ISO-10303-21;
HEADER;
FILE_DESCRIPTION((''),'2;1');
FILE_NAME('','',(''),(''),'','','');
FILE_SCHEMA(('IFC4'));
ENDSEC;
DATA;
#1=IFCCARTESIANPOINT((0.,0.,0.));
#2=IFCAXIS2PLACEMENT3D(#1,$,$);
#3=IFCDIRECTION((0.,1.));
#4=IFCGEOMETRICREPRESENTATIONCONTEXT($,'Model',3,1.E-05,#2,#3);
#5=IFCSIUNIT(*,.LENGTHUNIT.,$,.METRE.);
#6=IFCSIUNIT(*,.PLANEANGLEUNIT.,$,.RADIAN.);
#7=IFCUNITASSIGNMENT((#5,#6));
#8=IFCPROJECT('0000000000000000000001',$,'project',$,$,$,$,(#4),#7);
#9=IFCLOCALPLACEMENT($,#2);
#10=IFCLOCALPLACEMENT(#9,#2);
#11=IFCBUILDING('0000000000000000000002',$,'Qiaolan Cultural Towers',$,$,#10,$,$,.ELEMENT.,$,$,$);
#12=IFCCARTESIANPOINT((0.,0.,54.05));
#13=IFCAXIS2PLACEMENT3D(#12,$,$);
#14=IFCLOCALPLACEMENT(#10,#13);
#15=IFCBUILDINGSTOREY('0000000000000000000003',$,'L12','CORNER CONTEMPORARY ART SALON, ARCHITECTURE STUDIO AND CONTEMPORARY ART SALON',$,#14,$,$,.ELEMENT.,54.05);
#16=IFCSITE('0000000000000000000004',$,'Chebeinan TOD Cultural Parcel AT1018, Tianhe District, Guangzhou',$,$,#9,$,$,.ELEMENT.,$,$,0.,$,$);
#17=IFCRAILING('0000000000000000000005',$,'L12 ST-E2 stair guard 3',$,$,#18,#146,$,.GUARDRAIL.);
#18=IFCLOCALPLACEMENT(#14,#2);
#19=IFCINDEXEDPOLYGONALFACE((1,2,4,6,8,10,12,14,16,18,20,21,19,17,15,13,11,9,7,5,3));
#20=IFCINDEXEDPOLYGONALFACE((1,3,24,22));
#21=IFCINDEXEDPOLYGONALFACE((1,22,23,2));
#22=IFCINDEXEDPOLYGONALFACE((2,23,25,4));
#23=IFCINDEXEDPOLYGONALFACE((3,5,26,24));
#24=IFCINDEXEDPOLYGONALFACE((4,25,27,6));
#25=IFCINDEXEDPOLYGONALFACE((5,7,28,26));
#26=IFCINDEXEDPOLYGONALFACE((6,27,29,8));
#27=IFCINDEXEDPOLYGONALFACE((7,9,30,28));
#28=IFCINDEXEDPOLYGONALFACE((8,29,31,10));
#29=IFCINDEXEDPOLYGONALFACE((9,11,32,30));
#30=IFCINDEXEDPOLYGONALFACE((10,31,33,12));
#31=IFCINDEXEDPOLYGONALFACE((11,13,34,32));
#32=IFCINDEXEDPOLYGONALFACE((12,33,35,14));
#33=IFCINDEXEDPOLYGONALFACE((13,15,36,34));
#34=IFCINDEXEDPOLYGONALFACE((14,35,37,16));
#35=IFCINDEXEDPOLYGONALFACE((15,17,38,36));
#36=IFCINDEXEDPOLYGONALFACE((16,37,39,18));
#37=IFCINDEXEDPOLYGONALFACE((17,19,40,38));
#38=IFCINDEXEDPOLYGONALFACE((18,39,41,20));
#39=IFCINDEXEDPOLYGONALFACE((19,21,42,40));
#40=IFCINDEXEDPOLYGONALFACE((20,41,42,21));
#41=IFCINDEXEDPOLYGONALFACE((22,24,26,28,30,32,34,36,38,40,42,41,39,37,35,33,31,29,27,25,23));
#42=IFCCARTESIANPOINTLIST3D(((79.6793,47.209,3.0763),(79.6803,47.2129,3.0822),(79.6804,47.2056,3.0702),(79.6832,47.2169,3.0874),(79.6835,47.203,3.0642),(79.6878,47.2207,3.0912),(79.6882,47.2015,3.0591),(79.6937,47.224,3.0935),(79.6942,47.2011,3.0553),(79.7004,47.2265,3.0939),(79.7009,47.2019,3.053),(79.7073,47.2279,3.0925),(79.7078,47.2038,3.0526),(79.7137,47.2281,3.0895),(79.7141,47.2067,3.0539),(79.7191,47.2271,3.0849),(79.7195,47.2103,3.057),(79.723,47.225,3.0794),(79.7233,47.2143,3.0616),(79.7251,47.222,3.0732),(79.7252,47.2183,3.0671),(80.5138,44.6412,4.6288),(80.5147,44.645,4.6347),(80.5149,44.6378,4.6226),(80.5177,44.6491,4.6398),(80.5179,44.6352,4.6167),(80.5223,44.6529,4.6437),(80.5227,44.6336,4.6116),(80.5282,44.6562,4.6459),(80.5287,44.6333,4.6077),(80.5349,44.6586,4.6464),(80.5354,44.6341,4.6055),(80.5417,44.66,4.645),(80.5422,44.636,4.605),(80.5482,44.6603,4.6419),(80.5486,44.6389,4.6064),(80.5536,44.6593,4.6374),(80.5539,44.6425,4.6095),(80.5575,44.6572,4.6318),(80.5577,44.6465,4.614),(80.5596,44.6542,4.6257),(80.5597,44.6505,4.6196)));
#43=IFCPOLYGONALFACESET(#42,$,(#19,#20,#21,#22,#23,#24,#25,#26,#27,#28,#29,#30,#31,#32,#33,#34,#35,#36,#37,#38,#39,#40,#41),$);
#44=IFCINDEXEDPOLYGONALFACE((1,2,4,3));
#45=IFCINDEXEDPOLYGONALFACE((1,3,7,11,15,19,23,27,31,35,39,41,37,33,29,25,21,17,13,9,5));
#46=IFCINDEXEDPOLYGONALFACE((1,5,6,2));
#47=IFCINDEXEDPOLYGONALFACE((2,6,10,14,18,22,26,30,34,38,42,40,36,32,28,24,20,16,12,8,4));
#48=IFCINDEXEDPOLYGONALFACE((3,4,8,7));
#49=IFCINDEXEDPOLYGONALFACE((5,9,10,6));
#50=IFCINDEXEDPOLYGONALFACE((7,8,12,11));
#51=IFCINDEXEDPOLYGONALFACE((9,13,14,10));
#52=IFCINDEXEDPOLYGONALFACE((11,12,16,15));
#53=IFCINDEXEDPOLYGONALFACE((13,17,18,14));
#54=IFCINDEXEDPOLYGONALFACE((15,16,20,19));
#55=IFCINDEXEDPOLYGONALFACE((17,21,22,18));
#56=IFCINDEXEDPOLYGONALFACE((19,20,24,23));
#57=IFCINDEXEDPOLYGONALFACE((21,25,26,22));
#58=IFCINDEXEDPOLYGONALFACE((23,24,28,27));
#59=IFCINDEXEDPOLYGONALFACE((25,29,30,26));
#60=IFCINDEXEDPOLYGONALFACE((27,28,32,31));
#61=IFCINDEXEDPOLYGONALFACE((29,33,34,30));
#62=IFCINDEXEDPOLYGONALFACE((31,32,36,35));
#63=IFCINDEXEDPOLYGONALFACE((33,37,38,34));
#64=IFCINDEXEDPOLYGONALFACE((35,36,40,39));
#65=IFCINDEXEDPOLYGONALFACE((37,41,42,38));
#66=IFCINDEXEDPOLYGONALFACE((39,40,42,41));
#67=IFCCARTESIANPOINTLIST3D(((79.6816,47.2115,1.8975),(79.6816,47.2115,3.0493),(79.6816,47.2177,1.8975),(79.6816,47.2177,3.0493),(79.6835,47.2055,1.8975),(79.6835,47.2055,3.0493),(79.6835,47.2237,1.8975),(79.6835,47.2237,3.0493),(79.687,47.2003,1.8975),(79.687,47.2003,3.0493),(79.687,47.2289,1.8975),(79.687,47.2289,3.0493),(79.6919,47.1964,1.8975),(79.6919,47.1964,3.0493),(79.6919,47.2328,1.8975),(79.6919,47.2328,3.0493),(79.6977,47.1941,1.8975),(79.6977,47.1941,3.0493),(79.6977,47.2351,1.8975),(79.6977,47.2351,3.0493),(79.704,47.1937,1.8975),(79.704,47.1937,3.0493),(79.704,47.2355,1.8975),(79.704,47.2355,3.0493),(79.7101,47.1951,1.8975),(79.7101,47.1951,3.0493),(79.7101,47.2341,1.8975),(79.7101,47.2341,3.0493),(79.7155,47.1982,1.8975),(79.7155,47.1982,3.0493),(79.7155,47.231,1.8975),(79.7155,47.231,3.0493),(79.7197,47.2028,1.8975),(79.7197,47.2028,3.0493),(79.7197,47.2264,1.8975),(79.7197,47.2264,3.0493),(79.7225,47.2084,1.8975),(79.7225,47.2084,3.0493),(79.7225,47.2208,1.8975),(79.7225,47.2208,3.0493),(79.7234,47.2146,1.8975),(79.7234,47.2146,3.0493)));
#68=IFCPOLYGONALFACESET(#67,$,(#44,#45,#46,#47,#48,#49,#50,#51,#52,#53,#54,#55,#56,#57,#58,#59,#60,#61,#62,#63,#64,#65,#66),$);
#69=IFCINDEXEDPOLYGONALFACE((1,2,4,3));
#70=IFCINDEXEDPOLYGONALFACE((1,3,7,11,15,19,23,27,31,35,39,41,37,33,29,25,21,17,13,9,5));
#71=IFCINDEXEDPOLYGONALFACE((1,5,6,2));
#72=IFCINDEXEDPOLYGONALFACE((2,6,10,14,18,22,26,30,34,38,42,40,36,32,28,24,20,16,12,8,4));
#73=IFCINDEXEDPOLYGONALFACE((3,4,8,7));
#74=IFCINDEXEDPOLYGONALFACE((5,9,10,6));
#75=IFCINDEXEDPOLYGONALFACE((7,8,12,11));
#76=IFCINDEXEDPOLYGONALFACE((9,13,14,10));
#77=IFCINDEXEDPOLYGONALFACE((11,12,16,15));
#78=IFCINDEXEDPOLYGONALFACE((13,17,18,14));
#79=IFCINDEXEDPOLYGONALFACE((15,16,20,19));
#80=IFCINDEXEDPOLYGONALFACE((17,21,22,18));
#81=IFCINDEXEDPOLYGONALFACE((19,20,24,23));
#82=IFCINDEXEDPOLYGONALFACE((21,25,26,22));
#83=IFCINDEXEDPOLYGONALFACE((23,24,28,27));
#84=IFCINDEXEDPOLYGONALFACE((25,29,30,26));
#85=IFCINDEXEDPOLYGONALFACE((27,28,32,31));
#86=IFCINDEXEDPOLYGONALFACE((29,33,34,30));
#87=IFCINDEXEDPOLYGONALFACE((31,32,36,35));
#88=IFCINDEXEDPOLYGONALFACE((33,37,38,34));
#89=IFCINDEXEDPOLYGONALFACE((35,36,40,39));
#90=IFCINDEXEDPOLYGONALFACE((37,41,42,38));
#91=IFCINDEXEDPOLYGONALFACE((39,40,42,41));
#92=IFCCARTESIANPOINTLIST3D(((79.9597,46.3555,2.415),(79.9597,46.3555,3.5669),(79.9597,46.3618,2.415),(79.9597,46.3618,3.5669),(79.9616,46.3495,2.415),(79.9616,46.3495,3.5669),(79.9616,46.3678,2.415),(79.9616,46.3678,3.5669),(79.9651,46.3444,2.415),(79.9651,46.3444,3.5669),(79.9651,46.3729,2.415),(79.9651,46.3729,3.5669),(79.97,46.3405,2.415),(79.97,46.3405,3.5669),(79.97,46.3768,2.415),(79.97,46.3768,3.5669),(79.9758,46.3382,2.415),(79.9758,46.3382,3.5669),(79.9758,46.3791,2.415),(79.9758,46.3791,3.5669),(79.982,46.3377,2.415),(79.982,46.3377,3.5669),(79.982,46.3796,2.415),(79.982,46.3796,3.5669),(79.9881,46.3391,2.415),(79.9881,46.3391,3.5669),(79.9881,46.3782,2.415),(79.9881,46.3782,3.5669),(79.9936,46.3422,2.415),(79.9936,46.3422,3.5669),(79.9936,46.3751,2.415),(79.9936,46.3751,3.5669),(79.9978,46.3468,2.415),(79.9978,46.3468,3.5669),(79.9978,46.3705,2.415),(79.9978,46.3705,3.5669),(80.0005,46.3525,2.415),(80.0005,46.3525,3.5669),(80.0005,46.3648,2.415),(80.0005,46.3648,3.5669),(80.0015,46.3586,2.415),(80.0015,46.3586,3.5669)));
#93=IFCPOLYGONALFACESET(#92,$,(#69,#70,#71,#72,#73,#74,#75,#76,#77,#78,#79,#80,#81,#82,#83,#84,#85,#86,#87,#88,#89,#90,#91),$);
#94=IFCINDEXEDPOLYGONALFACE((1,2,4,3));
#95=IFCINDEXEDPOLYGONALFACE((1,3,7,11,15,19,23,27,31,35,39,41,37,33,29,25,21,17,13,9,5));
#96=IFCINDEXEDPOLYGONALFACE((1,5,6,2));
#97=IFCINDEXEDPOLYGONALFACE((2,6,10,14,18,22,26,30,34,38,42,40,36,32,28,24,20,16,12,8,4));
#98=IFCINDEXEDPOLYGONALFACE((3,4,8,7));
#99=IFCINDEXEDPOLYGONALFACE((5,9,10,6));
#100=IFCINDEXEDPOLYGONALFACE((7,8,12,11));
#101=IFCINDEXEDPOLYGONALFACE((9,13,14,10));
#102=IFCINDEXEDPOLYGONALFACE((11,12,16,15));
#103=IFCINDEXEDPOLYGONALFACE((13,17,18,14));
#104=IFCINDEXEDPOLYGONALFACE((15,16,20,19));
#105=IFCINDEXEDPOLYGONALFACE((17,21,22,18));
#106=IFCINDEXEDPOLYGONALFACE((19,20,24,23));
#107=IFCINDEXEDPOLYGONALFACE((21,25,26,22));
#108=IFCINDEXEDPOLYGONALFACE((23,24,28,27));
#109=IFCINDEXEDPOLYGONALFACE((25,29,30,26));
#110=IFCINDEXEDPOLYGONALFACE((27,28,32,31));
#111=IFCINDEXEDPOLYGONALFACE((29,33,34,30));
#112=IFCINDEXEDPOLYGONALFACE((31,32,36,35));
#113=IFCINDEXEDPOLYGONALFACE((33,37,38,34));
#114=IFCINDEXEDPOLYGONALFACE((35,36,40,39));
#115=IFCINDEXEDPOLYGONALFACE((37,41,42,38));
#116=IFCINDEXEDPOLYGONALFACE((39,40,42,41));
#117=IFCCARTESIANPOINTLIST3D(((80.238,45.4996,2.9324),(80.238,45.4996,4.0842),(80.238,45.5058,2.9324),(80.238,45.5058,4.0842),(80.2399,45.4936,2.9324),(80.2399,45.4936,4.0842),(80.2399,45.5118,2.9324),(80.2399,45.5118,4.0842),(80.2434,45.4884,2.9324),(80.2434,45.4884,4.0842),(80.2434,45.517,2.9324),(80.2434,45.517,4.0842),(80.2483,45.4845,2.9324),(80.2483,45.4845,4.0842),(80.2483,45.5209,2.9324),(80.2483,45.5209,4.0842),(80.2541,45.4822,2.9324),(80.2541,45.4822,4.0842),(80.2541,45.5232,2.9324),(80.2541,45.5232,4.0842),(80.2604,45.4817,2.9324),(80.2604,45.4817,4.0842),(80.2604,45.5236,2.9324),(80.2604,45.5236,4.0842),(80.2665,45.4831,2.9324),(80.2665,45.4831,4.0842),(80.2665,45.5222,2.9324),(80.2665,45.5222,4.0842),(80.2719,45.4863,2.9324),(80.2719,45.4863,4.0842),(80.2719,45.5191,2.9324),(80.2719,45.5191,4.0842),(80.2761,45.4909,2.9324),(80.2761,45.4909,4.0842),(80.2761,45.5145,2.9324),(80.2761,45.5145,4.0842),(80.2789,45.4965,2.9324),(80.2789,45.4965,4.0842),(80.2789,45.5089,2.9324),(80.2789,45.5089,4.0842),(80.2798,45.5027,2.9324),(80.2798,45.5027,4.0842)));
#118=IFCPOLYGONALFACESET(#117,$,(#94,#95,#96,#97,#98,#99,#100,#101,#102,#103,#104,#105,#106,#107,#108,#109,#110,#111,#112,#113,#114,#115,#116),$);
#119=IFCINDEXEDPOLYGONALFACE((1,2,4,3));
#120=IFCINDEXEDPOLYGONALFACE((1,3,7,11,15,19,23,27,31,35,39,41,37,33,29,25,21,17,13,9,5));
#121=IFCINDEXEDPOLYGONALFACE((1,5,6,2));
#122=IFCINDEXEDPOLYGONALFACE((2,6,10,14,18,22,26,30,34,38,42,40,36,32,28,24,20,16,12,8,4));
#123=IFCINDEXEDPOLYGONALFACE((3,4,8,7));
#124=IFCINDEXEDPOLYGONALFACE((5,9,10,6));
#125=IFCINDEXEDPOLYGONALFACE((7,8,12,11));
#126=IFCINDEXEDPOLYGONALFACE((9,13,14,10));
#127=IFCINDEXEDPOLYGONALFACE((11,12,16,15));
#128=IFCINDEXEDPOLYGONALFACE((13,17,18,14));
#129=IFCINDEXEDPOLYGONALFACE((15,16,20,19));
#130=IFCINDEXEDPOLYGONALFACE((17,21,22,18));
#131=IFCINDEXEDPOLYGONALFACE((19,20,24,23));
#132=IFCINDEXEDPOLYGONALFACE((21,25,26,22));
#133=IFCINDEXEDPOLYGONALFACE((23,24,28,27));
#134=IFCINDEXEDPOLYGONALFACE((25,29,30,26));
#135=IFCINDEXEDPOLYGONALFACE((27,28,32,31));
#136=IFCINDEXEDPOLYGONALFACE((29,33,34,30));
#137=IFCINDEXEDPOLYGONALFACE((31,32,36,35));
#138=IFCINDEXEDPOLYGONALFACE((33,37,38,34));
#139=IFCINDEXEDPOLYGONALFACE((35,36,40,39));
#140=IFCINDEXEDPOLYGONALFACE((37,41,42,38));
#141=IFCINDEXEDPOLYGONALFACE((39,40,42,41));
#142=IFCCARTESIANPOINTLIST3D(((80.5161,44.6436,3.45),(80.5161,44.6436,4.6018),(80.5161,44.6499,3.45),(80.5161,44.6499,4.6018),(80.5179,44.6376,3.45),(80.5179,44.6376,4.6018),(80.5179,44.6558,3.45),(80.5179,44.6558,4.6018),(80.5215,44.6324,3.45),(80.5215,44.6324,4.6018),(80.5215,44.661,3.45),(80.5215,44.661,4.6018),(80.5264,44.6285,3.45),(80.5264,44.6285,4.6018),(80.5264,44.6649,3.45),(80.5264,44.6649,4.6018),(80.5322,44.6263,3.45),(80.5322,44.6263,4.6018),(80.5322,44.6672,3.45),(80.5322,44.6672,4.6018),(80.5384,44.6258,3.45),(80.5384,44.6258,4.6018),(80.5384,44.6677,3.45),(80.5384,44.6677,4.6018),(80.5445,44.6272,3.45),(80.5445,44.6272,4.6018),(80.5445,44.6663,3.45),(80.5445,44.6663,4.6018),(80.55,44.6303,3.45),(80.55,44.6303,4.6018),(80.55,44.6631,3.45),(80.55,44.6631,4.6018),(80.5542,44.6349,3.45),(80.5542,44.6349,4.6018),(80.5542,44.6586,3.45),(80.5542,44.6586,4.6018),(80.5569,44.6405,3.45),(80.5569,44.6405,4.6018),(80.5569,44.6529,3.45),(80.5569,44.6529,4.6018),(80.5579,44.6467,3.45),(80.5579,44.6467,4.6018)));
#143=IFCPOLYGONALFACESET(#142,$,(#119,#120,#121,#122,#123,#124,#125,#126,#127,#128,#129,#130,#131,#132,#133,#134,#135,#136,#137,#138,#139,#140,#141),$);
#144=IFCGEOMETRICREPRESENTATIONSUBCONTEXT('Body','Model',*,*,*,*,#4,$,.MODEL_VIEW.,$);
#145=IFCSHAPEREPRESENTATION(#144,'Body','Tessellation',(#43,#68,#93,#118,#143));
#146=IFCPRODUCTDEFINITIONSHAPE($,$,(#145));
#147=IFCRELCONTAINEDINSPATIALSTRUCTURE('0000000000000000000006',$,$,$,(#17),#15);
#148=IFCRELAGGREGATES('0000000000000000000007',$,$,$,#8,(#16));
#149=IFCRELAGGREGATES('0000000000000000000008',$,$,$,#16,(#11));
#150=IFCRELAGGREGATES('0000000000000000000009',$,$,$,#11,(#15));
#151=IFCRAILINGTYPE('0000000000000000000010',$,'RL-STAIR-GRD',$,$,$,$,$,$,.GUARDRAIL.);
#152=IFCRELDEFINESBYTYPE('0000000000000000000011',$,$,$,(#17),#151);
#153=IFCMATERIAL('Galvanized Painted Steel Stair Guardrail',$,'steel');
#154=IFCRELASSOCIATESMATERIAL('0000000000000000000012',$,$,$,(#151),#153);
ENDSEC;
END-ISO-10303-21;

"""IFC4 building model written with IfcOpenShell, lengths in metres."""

from ifc_helpers import new_model, si_unit, direction, frame, origin, origin_2d, place, context, subcontext, project, spatial, circle, extrude, material, type_object, element, save


model = new_model("IFC4")

# Units and contexts
model_context = context("Model", 3, precision=1e-05, world=origin(), true_north=direction((0.0, 1.0)))
body_context = subcontext(model_context, "Body", "Model", "MODEL_VIEW")
ifc_project = project(units=[si_unit("LENGTHUNIT", "METRE"), si_unit("PLANEANGLEUNIT", "RADIAN")], contexts=[model_context])

# Site, building, storey
site_placement = place(None, origin())
site = spatial("IfcSite", under=ifc_project, at=site_placement, Name="Chebeinan TOD Cultural Parcel AT1018, Tianhe District, Guangzhou", CompositionType="ELEMENT", RefElevation=0.0)
building_placement = place(site_placement, origin())
building = spatial("IfcBuilding", under=site, at=building_placement, Name="Qiaolan Cultural Towers", CompositionType="ELEMENT")
storey_placement = place(building_placement, frame((0.0, 0.0, 54.05)))
storey = spatial("IfcBuildingStorey", under=building, at=storey_placement, Name="L12", Description="CORNER CONTEMPORARY ART SALON, ARCHITECTURE STUDIO AND CONTEMPORARY ART SALON", CompositionType="ELEMENT", Elevation=54.05)

# Railing
ifc_material_1 = material(Name="Galvanized Painted Steel Stair Guardrail", Category="steel")
railing_type_1 = type_object("IfcRailingType", Name="RL-STAIR-GRD", PredefinedType="GUARDRAIL", material=ifc_material_1)
railing_1_placement = place(storey_placement, frame((79.7024, 47.2146, 1.8975)))
element("IfcRailing", 1, at=railing_1_placement, inside=storey, type_object=railing_type_1, Name="L12 ST-E2 stair guard 3", PredefinedType="GUARDRAIL", context=body_context, shape_type="SweptSolid", body=[
    extrude(circle(Radius=0.0239, at=origin_2d()), frame((0.0, 0.0, 1.1758), z_axis=(0.267926, -0.824471, 0.498461), x_axis=(0.951043, 0.309057, 0.0)), (0.0, 0.0, 1.0), 3.1145),
    extrude(circle(Radius=0.021, at=origin_2d()), origin(), (0.0, 0.0, 1.0), 1.1519),
    extrude(circle(Radius=0.021, at=origin_2d()), frame((0.2781, -0.856, 0.5176)), (0.0, 0.0, 1.0), 1.1519),
    extrude(circle(Radius=0.021, at=origin_2d()), frame((0.5564, -1.7119, 1.0349)), (0.0, 0.0, 1.0), 1.1519),
    extrude(circle(Radius=0.021, at=origin_2d()), frame((0.8345, -2.5679, 1.5525)), (0.0, 0.0, 1.0), 1.1519),
])

save(model, "model.ifc")
